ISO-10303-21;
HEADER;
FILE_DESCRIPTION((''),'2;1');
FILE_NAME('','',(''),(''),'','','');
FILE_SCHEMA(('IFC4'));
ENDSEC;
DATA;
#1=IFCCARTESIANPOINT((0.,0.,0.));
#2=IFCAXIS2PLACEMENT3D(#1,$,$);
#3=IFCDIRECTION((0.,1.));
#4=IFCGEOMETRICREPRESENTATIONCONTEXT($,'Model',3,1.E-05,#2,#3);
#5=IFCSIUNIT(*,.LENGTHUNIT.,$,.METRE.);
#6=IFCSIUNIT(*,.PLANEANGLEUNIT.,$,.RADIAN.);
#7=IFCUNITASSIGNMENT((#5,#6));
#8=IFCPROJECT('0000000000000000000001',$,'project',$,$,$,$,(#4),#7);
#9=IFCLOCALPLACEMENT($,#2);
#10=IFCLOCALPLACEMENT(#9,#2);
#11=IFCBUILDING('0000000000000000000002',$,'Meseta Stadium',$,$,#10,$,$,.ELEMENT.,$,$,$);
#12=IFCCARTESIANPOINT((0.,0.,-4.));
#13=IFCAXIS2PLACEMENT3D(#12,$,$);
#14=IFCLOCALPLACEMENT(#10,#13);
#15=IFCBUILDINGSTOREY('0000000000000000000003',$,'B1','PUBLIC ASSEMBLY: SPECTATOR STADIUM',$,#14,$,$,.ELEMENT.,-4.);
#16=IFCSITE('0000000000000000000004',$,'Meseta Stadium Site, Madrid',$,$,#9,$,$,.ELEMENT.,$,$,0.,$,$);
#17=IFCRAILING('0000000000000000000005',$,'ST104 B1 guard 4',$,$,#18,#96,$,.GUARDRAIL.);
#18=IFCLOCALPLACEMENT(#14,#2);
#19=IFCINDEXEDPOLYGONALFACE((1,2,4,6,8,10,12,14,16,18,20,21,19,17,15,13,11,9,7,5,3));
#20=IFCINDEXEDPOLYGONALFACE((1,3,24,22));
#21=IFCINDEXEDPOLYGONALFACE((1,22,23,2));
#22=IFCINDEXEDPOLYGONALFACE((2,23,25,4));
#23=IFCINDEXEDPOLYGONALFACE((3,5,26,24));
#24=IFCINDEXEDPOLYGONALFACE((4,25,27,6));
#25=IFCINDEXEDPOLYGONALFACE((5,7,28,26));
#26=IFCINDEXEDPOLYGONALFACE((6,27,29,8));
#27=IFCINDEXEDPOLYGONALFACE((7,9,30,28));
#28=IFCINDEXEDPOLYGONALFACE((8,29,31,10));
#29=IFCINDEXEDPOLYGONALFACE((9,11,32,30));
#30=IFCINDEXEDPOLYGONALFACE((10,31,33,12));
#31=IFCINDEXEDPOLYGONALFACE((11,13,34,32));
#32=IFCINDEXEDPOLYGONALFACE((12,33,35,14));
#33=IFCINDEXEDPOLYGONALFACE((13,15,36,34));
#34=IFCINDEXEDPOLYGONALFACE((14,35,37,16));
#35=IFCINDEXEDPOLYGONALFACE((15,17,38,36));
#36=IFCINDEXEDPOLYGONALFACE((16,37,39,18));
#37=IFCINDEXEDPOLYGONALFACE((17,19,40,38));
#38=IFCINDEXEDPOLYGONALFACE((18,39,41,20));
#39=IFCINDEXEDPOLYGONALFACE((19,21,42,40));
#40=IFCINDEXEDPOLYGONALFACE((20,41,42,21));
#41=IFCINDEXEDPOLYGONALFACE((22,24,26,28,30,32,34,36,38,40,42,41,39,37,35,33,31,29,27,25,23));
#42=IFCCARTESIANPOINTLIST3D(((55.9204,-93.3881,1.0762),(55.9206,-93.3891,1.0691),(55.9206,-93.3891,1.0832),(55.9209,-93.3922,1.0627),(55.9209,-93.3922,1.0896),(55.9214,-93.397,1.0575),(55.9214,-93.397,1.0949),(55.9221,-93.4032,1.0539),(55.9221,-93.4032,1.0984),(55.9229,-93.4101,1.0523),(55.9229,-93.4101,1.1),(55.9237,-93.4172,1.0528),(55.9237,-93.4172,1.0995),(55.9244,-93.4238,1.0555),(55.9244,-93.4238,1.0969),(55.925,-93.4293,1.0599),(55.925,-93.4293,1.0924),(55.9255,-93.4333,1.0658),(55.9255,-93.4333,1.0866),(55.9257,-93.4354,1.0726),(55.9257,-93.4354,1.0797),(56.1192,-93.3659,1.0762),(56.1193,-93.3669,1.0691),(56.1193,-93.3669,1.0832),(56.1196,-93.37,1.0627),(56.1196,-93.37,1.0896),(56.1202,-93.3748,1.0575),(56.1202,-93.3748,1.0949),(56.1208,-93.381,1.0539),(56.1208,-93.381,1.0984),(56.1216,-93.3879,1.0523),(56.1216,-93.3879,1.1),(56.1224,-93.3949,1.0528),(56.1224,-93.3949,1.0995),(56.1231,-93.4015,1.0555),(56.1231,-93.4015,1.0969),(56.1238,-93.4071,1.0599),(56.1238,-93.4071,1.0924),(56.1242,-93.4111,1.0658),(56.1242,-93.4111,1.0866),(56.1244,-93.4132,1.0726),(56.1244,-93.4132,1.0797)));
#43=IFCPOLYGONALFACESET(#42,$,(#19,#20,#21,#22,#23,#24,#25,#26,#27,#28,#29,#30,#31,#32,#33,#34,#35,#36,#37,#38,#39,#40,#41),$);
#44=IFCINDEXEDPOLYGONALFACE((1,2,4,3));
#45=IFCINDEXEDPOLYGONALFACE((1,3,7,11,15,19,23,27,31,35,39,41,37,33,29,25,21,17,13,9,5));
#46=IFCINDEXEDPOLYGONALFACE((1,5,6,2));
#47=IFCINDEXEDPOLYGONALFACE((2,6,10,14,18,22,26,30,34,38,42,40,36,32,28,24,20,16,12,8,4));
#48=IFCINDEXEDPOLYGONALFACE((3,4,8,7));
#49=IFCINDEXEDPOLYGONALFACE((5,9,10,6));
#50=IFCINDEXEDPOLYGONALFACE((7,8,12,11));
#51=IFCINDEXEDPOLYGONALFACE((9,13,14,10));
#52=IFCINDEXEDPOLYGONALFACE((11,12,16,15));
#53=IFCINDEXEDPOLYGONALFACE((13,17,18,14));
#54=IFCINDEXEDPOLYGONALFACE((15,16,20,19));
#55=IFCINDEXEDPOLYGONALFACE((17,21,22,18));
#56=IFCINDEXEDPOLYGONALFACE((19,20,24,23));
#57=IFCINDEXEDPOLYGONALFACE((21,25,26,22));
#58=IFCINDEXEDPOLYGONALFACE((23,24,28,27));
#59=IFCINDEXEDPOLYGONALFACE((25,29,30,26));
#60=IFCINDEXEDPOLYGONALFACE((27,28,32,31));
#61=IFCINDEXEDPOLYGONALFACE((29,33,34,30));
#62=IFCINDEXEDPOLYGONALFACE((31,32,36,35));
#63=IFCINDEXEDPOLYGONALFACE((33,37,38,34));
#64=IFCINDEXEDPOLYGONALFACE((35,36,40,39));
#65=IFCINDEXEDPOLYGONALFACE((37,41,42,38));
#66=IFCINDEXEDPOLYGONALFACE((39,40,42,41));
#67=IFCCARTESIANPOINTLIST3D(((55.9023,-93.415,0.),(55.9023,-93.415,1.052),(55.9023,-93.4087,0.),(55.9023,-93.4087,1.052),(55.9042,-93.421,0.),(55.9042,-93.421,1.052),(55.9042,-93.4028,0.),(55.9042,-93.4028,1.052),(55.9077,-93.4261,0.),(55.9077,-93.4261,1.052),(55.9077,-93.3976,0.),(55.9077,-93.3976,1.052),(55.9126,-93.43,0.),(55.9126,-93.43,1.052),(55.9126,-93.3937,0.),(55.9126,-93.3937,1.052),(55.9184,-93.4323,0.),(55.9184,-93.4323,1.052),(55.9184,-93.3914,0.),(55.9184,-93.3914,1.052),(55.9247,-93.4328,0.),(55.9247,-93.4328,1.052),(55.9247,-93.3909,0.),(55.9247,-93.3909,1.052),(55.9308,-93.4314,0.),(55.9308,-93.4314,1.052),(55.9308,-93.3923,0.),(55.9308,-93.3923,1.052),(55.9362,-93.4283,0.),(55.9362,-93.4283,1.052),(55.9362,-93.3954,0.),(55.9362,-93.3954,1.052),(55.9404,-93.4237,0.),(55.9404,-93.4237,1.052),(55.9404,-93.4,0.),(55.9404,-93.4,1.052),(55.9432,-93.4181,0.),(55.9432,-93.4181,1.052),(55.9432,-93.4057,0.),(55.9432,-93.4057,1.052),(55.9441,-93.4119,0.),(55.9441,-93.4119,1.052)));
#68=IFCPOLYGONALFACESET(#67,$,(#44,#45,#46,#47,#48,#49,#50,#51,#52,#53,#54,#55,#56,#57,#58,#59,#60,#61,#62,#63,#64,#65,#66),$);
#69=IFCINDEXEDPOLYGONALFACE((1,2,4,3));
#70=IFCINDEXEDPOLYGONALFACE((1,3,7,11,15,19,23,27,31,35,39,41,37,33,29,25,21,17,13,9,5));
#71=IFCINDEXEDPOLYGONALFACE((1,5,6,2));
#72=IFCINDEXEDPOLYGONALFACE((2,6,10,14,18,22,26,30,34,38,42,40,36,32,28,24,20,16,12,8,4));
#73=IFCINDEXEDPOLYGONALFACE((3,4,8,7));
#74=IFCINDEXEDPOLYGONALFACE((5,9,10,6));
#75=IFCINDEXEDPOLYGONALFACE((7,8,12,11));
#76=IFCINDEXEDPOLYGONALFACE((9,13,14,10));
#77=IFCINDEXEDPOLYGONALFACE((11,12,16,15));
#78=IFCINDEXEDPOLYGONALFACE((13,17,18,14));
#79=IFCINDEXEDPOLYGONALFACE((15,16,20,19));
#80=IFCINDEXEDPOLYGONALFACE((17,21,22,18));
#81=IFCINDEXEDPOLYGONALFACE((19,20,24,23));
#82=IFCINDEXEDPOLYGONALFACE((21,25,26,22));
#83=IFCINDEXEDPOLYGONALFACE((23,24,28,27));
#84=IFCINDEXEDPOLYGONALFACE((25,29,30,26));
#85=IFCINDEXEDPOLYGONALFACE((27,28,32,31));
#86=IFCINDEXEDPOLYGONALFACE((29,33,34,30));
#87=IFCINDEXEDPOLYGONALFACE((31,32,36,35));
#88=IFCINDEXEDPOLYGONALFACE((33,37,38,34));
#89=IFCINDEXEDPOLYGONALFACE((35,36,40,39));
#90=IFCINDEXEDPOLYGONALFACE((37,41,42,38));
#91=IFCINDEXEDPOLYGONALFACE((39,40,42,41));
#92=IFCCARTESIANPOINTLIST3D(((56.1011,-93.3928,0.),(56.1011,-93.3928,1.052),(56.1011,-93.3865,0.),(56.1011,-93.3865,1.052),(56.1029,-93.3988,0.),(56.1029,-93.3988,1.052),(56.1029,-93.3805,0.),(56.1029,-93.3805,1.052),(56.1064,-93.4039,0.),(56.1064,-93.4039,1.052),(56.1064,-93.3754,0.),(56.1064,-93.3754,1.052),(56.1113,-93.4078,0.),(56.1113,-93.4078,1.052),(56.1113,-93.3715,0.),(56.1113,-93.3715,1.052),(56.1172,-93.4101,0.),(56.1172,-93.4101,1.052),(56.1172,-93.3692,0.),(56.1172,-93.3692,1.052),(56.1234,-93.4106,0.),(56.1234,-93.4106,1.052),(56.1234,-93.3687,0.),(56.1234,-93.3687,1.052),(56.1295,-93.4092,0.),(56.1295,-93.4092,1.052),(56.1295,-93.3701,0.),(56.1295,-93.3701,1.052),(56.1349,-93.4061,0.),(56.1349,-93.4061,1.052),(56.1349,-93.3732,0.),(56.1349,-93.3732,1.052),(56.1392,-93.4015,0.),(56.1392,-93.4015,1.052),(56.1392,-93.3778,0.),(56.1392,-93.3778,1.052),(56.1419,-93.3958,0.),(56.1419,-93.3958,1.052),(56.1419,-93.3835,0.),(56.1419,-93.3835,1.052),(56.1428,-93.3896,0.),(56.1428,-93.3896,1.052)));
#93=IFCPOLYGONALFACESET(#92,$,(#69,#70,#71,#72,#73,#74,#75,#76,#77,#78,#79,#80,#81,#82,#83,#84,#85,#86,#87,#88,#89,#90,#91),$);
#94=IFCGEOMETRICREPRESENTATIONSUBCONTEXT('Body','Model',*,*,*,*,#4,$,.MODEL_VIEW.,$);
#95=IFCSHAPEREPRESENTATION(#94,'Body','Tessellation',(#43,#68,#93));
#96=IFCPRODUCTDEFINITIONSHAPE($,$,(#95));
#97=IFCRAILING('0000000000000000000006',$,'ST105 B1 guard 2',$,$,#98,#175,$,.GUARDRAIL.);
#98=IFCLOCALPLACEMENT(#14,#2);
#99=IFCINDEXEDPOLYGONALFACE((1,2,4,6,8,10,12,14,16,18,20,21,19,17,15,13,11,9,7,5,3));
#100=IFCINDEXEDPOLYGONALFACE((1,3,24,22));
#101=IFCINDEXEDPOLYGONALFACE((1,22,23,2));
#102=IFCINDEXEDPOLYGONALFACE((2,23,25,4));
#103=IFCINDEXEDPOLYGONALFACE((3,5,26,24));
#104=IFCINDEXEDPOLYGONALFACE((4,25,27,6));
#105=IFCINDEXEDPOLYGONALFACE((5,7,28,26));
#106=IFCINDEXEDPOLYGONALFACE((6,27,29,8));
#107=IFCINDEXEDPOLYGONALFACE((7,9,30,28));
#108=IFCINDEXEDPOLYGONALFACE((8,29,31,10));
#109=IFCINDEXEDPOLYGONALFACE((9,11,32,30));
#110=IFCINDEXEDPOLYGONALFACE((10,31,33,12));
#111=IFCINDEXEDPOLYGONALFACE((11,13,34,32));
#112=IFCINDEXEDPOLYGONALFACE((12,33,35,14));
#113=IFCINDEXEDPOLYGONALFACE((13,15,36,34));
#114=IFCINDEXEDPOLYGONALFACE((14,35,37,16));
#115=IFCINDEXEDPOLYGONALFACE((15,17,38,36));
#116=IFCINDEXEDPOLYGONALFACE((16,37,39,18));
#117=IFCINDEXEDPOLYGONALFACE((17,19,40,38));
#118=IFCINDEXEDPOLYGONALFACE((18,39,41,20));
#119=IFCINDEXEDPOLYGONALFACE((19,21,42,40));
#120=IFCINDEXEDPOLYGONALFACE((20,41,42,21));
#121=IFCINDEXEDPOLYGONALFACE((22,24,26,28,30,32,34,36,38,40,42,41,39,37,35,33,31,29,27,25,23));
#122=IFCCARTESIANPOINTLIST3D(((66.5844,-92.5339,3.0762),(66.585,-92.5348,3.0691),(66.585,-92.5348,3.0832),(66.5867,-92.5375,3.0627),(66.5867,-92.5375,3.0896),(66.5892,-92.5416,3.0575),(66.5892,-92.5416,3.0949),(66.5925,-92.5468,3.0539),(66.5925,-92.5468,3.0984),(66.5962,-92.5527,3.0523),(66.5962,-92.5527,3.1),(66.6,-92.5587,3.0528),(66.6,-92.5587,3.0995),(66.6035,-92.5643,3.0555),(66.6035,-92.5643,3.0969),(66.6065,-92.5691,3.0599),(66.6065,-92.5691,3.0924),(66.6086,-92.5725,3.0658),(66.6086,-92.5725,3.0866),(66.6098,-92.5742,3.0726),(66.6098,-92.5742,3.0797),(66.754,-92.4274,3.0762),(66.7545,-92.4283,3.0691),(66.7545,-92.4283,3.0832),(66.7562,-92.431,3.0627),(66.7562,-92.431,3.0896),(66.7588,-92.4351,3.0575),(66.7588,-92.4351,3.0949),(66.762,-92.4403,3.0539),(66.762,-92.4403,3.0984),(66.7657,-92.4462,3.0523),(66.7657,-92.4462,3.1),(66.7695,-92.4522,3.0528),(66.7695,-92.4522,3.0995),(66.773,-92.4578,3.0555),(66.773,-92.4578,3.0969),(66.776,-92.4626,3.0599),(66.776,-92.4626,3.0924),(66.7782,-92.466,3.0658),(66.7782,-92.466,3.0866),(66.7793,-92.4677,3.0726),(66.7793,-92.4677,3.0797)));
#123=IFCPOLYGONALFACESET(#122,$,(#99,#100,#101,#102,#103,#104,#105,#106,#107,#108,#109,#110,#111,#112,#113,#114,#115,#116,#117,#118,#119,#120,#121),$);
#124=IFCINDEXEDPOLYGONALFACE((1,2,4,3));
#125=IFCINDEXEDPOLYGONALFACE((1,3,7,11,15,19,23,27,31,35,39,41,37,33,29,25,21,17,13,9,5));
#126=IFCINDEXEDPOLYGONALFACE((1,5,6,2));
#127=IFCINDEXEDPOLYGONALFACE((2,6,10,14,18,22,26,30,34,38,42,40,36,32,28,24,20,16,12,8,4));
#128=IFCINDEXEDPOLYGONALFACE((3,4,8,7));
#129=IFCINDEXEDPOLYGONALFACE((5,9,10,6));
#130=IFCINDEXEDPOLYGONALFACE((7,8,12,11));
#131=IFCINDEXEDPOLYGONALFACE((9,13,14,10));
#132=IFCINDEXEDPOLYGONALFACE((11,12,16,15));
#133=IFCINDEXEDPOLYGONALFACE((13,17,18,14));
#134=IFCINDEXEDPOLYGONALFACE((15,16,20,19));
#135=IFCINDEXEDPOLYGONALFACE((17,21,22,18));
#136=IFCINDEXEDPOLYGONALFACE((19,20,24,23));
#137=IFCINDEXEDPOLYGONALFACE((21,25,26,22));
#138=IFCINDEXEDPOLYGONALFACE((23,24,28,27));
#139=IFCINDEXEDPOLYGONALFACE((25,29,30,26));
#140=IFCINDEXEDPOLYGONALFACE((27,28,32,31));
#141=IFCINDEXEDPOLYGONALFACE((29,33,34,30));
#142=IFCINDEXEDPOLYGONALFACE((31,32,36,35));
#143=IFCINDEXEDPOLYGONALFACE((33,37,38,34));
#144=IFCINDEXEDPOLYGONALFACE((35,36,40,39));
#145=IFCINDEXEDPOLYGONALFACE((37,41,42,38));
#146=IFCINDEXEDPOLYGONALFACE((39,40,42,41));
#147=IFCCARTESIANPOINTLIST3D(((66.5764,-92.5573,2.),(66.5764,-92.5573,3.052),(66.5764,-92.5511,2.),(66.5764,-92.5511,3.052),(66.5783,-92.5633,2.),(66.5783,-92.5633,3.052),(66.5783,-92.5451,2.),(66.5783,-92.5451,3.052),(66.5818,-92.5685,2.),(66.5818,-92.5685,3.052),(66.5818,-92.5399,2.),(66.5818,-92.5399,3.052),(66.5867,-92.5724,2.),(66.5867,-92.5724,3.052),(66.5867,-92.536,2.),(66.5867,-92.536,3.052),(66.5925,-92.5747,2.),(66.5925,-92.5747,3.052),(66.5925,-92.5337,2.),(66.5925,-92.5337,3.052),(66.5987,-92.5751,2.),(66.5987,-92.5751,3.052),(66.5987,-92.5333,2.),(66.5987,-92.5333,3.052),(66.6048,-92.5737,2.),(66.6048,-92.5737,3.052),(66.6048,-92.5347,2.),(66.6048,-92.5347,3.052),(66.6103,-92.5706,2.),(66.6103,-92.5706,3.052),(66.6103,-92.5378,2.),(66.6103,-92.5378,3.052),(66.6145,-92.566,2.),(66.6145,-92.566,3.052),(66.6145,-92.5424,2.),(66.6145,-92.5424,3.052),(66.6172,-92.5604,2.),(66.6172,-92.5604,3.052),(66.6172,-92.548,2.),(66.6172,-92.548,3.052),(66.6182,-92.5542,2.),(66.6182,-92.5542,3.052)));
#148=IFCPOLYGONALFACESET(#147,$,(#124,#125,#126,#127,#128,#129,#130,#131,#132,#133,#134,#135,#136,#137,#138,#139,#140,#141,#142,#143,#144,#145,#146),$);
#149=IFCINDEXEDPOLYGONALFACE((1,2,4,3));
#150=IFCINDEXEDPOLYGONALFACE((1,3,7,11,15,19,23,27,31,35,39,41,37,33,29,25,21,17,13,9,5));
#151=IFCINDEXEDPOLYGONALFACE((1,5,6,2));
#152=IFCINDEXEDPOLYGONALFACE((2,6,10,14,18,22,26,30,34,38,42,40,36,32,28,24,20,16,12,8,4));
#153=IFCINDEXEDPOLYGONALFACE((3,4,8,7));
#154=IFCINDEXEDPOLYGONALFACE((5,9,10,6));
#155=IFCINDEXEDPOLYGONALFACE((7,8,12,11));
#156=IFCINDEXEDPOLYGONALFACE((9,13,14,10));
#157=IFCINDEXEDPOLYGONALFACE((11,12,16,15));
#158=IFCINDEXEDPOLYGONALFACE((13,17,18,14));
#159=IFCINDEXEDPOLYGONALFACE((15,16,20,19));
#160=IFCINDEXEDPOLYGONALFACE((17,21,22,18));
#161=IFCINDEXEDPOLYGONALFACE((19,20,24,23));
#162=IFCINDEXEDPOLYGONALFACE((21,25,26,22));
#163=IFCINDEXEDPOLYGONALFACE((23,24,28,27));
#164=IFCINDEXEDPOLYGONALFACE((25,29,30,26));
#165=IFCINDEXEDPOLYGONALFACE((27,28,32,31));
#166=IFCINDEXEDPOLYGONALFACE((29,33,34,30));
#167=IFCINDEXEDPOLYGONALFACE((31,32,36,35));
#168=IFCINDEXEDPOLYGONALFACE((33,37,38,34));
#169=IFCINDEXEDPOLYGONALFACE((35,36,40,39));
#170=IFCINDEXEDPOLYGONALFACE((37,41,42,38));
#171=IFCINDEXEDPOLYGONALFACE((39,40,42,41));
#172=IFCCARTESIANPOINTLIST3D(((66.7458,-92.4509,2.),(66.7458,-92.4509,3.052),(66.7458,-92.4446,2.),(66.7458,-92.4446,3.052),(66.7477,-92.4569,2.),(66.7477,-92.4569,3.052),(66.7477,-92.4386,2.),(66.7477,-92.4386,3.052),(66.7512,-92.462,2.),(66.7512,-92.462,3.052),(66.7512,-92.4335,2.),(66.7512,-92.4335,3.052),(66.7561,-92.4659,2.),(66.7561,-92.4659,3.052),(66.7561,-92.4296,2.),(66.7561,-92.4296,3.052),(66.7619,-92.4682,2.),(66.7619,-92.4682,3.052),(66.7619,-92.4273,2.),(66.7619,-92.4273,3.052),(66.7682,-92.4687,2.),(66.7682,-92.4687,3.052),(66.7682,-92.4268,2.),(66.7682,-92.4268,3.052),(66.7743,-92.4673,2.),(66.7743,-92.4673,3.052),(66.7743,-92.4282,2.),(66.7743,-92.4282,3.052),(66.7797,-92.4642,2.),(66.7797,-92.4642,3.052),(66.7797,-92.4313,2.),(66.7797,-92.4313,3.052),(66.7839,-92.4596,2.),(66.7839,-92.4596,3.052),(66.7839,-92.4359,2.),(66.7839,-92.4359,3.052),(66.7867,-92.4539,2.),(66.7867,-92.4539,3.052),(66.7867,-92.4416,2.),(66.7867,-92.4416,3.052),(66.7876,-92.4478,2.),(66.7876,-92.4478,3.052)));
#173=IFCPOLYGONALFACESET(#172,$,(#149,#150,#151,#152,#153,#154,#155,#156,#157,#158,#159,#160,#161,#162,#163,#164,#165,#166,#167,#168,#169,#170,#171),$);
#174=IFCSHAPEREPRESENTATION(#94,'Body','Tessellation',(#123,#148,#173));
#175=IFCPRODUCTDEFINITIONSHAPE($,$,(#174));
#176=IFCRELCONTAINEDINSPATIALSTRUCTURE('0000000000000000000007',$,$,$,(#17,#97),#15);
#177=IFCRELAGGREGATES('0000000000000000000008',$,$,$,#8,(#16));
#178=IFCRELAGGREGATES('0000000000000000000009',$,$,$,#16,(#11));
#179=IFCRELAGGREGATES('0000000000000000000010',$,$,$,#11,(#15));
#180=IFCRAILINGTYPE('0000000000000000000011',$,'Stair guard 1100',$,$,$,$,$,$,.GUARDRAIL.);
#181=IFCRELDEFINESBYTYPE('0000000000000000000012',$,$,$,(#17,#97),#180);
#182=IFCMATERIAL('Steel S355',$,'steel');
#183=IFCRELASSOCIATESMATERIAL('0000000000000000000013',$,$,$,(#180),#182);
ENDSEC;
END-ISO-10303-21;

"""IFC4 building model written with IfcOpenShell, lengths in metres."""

from ifc_helpers import new_model, si_unit, direction, frame, origin, origin_2d, place, context, subcontext, project, spatial, circle, extrude, material, type_object, element, save


model = new_model("IFC4")

# Units and contexts
model_context = context("Model", 3, precision=1e-05, world=origin(), true_north=direction((0.0, 1.0)))
body_context = subcontext(model_context, "Body", "Model", "MODEL_VIEW")
ifc_project = project(units=[si_unit("LENGTHUNIT", "METRE"), si_unit("PLANEANGLEUNIT", "RADIAN")], contexts=[model_context])

# Site, building, storey
site_placement = place(None, origin())
site = spatial("IfcSite", under=ifc_project, at=site_placement, Name="Meseta Stadium Site, Madrid", CompositionType="ELEMENT", RefElevation=0.0)
building_placement = place(site_placement, origin())
building = spatial("IfcBuilding", under=site, at=building_placement, Name="Meseta Stadium", CompositionType="ELEMENT")
storey_placement = place(building_placement, frame((0.0, 0.0, -4.0)))
storey = spatial("IfcBuildingStorey", under=building, at=storey_placement, Name="B1", Description="PUBLIC ASSEMBLY: SPECTATOR STADIUM", CompositionType="ELEMENT", Elevation=-4.0)

# Railings
ifc_material_1 = material(Name="Steel S355", Category="steel")
railing_type_1 = type_object("IfcRailingType", Name="Stair guard 1100", PredefinedType="GUARDRAIL", material=ifc_material_1)
railing_1_placement = place(storey_placement, frame((55.9231, -93.4119, 0.0)))
element("IfcRailing", 1, at=railing_1_placement, inside=storey, type_object=railing_type_1, Name="ST104 B1 guard 4", PredefinedType="GUARDRAIL", context=body_context, shape_type="SweptSolid", body=[
    extrude(circle(Radius=0.0239, at=origin_2d()), frame((0.0, 0.0, 1.0762), z_axis=(0.993809, 0.111102, 0.0), x_axis=(-0.111102, 0.993809, 0.0)), (0.0, 0.0, 1.0), 0.2),
    extrude(circle(Radius=0.021, at=origin_2d()), origin(), (0.0, 0.0, 1.0), 1.052),
    extrude(circle(Radius=0.021, at=origin_2d()), frame((0.1987, 0.0222, 0.0)), (0.0, 0.0, 1.0), 1.052),
])
railing_2_placement = place(storey_placement, frame((66.5972, -92.5542, 2.0)))
element("IfcRailing", 2, at=railing_2_placement, inside=storey, type_object=railing_type_1, Name="ST105 B1 guard 2", PredefinedType="GUARDRAIL", context=body_context, shape_type="SweptSolid", body=[
    extrude(circle(Radius=0.0239, at=origin_2d()), frame((0.0, 0.0, 1.0762), z_axis=(0.846762, 0.531972, 0.0), x_axis=(-0.531972, 0.846762, 0.0)), (0.0, 0.0, 1.0), 0.2002),
    extrude(circle(Radius=0.021, at=origin_2d()), origin(), (0.0, 0.0, 1.0), 1.052),
    extrude(circle(Radius=0.021, at=origin_2d()), frame((0.1694, 0.1064, 0.0)), (0.0, 0.0, 1.0), 1.052),
])

save(model, "model.ifc")
